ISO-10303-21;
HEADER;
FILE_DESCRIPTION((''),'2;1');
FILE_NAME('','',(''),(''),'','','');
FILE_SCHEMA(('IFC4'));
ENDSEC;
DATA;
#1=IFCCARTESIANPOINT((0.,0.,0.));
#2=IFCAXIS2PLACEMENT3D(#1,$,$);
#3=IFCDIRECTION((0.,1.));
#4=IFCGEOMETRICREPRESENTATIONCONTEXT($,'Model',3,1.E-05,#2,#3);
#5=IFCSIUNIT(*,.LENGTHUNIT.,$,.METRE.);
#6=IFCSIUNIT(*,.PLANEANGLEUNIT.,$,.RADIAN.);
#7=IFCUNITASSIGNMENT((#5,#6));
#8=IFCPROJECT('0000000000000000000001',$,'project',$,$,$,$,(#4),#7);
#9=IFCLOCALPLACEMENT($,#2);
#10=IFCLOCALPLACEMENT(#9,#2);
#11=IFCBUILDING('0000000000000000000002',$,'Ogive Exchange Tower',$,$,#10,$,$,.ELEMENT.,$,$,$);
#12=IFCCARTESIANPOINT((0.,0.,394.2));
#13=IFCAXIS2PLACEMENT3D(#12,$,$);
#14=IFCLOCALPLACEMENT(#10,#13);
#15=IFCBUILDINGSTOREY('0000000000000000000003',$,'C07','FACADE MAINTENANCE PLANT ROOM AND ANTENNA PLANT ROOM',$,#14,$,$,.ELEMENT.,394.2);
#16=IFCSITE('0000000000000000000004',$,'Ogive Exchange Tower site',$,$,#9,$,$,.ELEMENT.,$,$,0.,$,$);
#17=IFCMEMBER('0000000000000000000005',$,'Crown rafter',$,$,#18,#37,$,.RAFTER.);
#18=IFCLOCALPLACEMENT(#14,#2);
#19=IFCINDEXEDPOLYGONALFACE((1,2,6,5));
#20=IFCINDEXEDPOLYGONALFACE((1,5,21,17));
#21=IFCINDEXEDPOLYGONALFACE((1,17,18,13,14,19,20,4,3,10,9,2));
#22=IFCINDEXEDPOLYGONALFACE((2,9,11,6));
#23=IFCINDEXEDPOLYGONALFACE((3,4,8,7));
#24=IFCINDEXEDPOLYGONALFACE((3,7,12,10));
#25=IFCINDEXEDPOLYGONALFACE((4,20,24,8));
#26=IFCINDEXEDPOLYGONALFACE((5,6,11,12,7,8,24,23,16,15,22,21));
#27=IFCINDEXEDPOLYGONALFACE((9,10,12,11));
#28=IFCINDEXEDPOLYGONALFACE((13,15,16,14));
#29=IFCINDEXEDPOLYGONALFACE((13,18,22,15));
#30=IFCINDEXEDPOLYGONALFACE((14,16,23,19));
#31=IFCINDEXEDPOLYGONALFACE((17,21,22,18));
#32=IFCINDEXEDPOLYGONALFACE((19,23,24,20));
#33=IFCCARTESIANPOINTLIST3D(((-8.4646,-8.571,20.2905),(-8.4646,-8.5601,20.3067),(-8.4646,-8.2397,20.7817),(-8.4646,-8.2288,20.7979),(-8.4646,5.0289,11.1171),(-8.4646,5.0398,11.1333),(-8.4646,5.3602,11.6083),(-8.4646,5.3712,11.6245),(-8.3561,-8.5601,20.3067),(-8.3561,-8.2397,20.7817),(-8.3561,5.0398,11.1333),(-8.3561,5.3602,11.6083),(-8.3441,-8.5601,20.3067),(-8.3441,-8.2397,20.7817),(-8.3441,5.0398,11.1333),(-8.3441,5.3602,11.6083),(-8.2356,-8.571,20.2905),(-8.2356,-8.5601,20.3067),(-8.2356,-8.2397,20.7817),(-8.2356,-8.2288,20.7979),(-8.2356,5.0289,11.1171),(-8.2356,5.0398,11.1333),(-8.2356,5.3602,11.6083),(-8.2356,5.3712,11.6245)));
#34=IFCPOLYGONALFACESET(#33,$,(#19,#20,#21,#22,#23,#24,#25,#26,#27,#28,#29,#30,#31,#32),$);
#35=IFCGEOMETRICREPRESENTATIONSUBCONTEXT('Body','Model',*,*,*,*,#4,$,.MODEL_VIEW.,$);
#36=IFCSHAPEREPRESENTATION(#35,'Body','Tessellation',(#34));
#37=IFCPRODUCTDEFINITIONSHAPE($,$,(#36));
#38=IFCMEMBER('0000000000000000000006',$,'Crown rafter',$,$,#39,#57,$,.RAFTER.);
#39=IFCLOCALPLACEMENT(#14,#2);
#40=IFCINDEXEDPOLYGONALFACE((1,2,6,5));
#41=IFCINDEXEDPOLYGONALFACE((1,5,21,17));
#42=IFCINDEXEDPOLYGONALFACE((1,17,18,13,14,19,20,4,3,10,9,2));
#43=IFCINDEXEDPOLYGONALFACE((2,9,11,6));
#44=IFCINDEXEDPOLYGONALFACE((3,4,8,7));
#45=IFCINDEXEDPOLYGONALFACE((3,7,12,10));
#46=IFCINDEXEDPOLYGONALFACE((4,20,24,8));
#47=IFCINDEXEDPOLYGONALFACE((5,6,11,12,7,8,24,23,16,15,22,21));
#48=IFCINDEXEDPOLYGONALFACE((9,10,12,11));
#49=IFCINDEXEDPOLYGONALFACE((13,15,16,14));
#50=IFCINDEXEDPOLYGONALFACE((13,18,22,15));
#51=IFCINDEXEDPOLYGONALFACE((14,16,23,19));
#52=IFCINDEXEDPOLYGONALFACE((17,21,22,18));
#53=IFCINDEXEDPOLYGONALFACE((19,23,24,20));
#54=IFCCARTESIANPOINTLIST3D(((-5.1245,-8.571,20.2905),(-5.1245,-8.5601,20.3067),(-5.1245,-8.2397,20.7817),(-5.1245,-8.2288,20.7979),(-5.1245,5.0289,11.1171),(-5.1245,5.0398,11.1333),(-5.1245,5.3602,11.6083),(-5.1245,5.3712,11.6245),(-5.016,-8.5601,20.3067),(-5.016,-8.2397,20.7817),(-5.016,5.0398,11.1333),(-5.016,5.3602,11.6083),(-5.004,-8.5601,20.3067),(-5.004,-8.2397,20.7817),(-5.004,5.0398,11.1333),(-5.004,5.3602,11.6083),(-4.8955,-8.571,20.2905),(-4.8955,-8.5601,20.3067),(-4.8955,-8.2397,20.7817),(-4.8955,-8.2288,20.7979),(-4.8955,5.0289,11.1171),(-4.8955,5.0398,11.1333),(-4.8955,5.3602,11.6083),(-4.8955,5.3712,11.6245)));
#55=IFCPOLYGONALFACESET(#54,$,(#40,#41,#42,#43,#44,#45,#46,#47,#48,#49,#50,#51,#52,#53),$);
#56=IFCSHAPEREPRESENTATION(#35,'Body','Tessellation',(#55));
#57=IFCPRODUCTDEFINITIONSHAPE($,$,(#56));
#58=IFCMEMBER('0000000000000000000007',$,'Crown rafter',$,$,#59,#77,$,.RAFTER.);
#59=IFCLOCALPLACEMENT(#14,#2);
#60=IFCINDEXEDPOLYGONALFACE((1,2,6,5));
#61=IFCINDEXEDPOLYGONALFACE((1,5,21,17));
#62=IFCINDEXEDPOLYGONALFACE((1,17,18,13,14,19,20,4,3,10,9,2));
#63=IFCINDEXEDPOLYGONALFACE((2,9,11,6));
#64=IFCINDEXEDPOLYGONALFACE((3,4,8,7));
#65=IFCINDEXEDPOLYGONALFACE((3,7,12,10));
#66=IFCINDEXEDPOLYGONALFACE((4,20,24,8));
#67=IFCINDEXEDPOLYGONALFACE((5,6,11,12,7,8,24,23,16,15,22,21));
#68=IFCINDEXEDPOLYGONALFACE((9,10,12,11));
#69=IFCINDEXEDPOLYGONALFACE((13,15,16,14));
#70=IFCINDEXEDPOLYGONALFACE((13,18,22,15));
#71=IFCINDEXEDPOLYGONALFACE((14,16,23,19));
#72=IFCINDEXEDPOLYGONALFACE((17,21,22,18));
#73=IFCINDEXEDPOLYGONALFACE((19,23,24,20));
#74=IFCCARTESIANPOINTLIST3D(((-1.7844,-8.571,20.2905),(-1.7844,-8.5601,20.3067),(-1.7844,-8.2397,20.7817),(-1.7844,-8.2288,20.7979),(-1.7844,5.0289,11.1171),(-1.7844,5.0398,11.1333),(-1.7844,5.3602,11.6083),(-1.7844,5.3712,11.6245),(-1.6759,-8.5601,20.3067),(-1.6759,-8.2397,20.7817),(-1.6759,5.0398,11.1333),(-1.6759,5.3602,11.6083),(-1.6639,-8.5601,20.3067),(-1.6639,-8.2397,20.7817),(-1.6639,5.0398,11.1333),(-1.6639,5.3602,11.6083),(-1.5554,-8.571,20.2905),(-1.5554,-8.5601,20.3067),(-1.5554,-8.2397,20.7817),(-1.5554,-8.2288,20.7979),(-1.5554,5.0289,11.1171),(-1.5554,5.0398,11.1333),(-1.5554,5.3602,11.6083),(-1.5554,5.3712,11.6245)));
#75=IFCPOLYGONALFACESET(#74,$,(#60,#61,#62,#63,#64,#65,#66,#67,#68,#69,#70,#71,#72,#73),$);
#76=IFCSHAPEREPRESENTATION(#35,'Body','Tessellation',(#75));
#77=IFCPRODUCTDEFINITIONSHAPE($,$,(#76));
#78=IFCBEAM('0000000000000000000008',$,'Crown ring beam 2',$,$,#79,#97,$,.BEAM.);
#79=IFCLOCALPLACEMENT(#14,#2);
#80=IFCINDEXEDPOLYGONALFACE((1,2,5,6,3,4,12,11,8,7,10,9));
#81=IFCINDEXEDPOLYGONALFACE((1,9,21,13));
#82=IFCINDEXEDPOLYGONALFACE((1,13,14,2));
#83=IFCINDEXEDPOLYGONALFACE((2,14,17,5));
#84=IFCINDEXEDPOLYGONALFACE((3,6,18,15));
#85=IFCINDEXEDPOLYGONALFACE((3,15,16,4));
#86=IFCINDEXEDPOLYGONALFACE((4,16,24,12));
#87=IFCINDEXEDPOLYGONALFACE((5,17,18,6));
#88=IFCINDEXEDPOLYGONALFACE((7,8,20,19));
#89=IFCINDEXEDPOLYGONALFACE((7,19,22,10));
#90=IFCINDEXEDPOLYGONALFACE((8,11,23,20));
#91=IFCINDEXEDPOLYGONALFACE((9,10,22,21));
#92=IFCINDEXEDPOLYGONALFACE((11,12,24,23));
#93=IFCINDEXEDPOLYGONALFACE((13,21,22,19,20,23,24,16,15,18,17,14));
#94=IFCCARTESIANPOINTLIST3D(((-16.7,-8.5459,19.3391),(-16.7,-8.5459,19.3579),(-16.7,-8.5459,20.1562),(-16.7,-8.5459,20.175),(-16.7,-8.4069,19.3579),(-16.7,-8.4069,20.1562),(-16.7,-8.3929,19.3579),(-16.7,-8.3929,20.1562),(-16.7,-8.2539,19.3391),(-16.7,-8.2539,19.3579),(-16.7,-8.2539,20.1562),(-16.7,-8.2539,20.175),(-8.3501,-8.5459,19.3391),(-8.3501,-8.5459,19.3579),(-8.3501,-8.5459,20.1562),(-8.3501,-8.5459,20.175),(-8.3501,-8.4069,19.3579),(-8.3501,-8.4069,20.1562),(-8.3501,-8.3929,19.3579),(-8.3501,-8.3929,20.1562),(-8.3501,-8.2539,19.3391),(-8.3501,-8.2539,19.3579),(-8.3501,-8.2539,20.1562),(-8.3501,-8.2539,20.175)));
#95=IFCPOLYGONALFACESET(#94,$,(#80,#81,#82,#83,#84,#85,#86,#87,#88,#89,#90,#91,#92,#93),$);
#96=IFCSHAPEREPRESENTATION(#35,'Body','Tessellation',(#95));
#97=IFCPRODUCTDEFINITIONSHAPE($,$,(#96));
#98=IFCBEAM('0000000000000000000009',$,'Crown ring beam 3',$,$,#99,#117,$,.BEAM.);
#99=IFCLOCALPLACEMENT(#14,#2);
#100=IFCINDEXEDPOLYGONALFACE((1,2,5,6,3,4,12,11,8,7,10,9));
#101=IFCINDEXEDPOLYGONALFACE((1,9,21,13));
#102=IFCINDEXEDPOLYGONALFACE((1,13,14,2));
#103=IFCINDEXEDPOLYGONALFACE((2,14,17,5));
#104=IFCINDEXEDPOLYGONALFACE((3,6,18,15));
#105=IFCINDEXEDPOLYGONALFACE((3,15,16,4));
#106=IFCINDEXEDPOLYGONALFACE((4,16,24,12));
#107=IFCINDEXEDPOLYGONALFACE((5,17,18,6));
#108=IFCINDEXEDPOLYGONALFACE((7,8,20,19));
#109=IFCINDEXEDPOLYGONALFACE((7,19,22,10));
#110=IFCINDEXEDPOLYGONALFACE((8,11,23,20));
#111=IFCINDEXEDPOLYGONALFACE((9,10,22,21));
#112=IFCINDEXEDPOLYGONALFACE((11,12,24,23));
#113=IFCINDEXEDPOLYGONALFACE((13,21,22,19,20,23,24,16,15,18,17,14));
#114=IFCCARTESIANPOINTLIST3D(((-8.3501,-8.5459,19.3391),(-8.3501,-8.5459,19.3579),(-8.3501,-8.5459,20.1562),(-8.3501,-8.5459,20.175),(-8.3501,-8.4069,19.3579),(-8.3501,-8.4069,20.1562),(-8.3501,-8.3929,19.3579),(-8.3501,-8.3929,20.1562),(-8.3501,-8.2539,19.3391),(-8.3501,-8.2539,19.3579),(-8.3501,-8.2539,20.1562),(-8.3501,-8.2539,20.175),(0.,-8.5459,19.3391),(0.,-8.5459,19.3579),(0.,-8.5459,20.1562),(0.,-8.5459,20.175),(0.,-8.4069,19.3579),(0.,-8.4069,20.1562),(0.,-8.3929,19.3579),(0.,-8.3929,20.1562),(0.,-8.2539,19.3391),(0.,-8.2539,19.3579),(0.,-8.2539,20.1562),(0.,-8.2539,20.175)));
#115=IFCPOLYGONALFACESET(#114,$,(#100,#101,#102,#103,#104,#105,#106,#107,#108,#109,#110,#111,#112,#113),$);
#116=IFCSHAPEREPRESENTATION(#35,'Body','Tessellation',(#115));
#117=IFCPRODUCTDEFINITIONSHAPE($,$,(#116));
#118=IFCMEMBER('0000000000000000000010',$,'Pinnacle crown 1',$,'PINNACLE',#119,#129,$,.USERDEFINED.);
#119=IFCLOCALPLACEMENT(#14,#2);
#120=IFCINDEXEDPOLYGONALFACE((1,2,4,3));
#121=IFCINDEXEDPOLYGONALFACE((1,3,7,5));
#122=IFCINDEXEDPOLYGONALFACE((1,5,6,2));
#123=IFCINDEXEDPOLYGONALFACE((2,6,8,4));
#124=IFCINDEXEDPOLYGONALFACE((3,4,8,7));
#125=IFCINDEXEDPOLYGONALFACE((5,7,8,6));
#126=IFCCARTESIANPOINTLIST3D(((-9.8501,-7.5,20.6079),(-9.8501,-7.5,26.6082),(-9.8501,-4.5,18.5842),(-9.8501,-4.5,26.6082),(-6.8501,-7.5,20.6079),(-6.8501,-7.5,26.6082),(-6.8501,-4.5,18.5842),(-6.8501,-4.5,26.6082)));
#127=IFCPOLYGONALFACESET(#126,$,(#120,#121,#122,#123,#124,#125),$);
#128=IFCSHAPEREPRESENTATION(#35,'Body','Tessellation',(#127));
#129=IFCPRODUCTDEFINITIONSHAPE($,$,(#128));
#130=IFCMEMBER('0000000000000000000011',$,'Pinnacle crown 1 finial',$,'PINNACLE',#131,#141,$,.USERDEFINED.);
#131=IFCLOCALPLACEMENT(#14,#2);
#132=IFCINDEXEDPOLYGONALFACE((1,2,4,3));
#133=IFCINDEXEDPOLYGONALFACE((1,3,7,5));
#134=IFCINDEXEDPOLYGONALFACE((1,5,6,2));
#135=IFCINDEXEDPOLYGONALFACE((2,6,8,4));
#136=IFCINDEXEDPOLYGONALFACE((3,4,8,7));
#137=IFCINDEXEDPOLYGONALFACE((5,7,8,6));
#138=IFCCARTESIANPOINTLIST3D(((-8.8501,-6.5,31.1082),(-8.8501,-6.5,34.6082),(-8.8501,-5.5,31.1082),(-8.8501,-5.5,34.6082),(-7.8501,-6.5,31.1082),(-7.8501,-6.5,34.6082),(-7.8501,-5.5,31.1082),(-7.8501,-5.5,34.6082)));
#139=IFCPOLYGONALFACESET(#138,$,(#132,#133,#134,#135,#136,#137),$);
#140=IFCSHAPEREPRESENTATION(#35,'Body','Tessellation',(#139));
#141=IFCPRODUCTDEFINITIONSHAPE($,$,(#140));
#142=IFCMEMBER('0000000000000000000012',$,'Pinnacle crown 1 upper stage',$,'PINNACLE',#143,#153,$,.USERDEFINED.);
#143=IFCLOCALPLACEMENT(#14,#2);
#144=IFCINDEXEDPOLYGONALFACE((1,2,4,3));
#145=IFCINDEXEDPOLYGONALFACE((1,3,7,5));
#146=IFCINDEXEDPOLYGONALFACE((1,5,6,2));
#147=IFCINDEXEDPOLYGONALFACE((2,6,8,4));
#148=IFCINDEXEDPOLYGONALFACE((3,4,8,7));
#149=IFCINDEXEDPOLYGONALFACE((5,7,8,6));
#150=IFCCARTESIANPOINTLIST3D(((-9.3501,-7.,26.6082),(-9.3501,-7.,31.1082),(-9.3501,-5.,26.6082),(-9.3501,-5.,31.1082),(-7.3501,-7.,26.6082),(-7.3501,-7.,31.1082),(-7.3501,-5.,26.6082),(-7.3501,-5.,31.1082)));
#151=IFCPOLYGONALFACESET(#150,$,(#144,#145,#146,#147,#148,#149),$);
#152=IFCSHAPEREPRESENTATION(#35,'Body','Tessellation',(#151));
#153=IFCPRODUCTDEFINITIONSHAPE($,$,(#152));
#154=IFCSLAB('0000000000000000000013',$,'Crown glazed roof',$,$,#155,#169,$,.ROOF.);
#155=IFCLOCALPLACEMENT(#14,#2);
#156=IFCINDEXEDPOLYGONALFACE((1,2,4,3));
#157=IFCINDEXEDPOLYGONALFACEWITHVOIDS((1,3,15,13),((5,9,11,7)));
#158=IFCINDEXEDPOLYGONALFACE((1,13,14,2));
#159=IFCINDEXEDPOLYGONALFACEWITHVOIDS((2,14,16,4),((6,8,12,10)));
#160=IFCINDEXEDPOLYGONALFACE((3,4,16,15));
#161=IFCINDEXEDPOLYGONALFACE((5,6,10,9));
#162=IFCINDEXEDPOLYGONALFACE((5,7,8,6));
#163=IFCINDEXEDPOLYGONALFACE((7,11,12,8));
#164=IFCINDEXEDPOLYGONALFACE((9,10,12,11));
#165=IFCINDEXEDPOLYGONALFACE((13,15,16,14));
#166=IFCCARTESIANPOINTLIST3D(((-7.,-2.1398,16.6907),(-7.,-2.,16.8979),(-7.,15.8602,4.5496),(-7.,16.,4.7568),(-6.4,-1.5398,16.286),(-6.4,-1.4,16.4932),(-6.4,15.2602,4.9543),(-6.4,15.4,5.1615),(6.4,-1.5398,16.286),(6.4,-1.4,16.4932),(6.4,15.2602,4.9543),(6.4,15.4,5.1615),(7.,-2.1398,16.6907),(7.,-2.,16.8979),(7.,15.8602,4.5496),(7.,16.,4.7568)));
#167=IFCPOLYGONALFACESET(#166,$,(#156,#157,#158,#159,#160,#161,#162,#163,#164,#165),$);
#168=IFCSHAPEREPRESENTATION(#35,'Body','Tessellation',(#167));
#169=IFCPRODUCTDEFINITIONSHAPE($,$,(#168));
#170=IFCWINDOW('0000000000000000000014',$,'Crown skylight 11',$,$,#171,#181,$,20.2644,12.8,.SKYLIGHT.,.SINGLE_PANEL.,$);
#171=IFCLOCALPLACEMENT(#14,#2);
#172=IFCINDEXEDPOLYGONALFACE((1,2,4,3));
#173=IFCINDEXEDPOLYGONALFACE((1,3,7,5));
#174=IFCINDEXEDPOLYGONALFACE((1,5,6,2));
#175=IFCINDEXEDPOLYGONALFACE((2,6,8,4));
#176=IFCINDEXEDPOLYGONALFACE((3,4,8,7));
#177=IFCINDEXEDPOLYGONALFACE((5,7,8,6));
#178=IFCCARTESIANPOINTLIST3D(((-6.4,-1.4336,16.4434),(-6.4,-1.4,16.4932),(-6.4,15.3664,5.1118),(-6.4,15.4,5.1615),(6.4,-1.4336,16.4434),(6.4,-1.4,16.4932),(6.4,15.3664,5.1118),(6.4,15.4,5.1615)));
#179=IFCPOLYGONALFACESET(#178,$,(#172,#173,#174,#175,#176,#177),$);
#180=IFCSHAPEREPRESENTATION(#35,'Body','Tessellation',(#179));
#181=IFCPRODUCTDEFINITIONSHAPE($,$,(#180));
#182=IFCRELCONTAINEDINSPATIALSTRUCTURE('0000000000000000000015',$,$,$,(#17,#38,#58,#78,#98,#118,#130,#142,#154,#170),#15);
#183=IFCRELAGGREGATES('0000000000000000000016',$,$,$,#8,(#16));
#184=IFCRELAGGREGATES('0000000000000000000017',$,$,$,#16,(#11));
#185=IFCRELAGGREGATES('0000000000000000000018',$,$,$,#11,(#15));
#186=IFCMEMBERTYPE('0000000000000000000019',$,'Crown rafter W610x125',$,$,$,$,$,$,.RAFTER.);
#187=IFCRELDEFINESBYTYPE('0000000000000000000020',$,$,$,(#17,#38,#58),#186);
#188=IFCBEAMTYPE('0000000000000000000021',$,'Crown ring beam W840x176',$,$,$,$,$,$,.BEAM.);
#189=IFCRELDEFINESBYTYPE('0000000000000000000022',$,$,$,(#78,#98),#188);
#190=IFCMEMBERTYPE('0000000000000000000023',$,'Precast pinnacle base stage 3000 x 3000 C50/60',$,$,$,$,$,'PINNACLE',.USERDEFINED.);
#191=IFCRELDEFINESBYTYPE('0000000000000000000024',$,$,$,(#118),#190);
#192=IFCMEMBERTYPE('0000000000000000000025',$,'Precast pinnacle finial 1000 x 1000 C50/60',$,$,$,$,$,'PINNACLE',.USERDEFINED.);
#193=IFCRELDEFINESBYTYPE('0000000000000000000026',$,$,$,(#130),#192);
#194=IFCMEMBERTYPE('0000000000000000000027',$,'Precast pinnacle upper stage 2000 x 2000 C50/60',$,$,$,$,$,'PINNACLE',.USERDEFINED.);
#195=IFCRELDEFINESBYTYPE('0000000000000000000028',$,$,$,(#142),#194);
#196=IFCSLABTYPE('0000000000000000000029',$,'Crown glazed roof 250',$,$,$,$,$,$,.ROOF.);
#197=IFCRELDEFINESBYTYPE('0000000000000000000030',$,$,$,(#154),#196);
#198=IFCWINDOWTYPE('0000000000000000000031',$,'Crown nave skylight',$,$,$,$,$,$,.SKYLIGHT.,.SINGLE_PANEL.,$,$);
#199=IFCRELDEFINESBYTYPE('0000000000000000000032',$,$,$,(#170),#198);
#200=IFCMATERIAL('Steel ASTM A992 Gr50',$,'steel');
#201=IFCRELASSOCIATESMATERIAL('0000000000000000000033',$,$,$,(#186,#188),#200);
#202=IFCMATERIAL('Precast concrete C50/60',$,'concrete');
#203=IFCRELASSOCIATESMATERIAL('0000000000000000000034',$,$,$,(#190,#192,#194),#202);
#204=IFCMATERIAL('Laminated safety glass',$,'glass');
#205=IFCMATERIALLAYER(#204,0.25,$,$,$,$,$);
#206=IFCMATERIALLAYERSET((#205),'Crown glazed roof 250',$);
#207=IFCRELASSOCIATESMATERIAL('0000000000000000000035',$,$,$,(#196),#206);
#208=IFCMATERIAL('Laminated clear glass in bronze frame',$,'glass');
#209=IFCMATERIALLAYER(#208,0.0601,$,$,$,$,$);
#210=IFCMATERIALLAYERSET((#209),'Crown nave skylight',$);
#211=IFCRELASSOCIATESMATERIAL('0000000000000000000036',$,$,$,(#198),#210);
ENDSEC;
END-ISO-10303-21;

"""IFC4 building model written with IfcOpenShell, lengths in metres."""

from ifc_helpers import new_model, si_unit, direction, frame, origin, origin_2d, place, context, subcontext, project, spatial, polyline, rectangle, i_section, outline, extrude, material, layer, layer_set, material_profile, profile_set, type_object, element, fill, save


model = new_model("IFC4")

# Units and contexts
model_context = context("Model", 3, precision=1e-05, world=origin(), true_north=direction((0.0, 1.0)))
body_context = subcontext(model_context, "Body", "Model", "MODEL_VIEW")
ifc_project = project(units=[si_unit("LENGTHUNIT", "METRE"), si_unit("PLANEANGLEUNIT", "RADIAN")], contexts=[model_context])

# Site, building, storey
site_placement = place(None, origin())
site = spatial("IfcSite", under=ifc_project, at=site_placement, Name="Ogive Exchange Tower site", CompositionType="ELEMENT", RefElevation=0.0)
building_placement = place(site_placement, origin())
building = spatial("IfcBuilding", under=site, at=building_placement, Name="Ogive Exchange Tower", CompositionType="ELEMENT")
storey_placement = place(building_placement, frame((0.0, 0.0, 394.2)))
storey = spatial("IfcBuildingStorey", under=building, at=storey_placement, Name="C07", Description="FACADE MAINTENANCE PLANT ROOM AND ANTENNA PLANT ROOM", CompositionType="ELEMENT", Elevation=394.2)

# Members
ifc_material_1 = material(Name="Steel ASTM A992 Gr50", Category="steel")
ifc_material_profile_1 = material_profile(ifc_material_1, i_section(OverallWidth=0.229, OverallDepth=0.6121, WebThickness=0.012, FlangeThickness=0.0195, at=origin_2d()), Name="W610x125")
ifc_profile_set_1 = profile_set([ifc_material_profile_1], Name="Steel ASTM A992 Gr50")
member_type_1 = type_object("IfcMemberType", Name="Crown rafter W610x125", PredefinedType="RAFTER", material=ifc_profile_set_1)
for number, where, z_axis, x_axis, name in (
    (1, (-8.3501, -8.3999, 20.5442), (0.0, 0.829034, -0.559198), (-1.0, 0.0, 0.0), "Crown rafter"),
    (2, (-5.01, -8.3999, 20.5442), (0.0, 0.829034, -0.559198), (-1.0, 0.0, 0.0), "Crown rafter"),
    (3, (-1.6699, -8.3999, 20.5442), (0.0, 0.829034, -0.559198), (-1.0, 0.0, 0.0), "Crown rafter"),
):
    element("IfcMember", number, at=place(storey_placement, frame(where, z_axis=z_axis, x_axis=x_axis)), inside=storey, type_object=member_type_1, Name=name, PredefinedType="RAFTER", context=body_context, shape_type="SweptSolid", body=[
        extrude(i_section(OverallWidth=0.229, OverallDepth=0.6121, WebThickness=0.012, FlangeThickness=0.0195, at=origin_2d()), origin(), (0.0, 0.0, 1.0), 16.4045),
    ])

# Beams
ifc_material_profile_2 = material_profile(ifc_material_1, i_section(OverallWidth=0.292, OverallDepth=0.8359, WebThickness=0.0139, FlangeThickness=0.0188, at=origin_2d()), Name="W840x176")
ifc_profile_set_2 = profile_set([ifc_material_profile_2], Name="Steel ASTM A992 Gr50")
beam_type = type_object("IfcBeamType", Name="Crown ring beam W840x176", PredefinedType="BEAM", material=ifc_profile_set_2)
beam_1_placement = place(storey_placement, frame((-16.7, -8.3999, 19.7571), z_axis=(1.0, 0.0, 0.0), x_axis=(0.0, 1.0, 0.0)))
element("IfcBeam", 4, at=beam_1_placement, inside=storey, type_object=beam_type, Name="Crown ring beam 2", PredefinedType="BEAM", context=body_context, shape_type="SweptSolid", body=[
    extrude(i_section(OverallWidth=0.292, OverallDepth=0.8359, WebThickness=0.0139, FlangeThickness=0.0188, at=origin_2d()), origin(), (0.0, 0.0, 1.0), 8.3499),
])
beam_2_placement = place(storey_placement, frame((-8.3501, -8.3999, 19.7571), z_axis=(1.0, 0.0, 0.0), x_axis=(0.0, 1.0, 0.0)))
element("IfcBeam", 5, at=beam_2_placement, inside=storey, type_object=beam_type, Name="Crown ring beam 3", PredefinedType="BEAM", context=body_context, shape_type="SweptSolid", body=[
    extrude(i_section(OverallWidth=0.292, OverallDepth=0.8359, WebThickness=0.0139, FlangeThickness=0.0188, at=origin_2d()), origin(), (0.0, 0.0, 1.0), 8.3501),
])

# Members
ifc_material_2 = material(Name="Precast concrete C50/60", Category="concrete")
ifc_material_profile_3 = material_profile(ifc_material_2, rectangle(XDim=3.0, YDim=3.0, at=origin_2d()), Name="PINNACLE 3000 x 3000")
ifc_profile_set_3 = profile_set([ifc_material_profile_3], Name="Precast concrete C50/60")
member_type_2 = type_object("IfcMemberType", Name="Precast pinnacle base stage 3000 x 3000 C50/60", ElementType="PINNACLE", PredefinedType="USERDEFINED", material=ifc_profile_set_3)
member_1_placement = place(storey_placement, frame((-9.8501, -7.5, 26.6082), z_axis=(-1.0, 0.0, 0.0), x_axis=(0.0, 1.0, 0.0)))
element("IfcMember", 6, at=member_1_placement, inside=storey, type_object=member_type_2, Name="Pinnacle crown 1", ObjectType="PINNACLE", PredefinedType="USERDEFINED", context=body_context, shape_type="SweptSolid", body=[
    extrude(outline(polyline([(0.0, 0.0), (3.0, 0.0), (3.0, 8.0239), (0.0, 6.0002), (0.0, 0.0)])), origin(), (0.0, 0.0, -1.0), 3.0),
])
ifc_material_profile_4 = material_profile(ifc_material_2, rectangle(XDim=1.0, YDim=1.0, at=origin_2d()), Name="PINNACLE 1000 x 1000")
ifc_profile_set_4 = profile_set([ifc_material_profile_4], Name="Precast concrete C50/60")
member_type_3 = type_object("IfcMemberType", Name="Precast pinnacle finial 1000 x 1000 C50/60", ElementType="PINNACLE", PredefinedType="USERDEFINED", material=ifc_profile_set_4)
member_2_placement = place(storey_placement, frame((-8.3501, -6.0, 31.1082), z_axis=(0.0, 0.0, 1.0), x_axis=(1.0, 0.0, 0.0)))
element("IfcMember", 7, at=member_2_placement, inside=storey, type_object=member_type_3, Name="Pinnacle crown 1 finial", ObjectType="PINNACLE", PredefinedType="USERDEFINED", context=body_context, shape_type="SweptSolid", body=[
    extrude(rectangle(XDim=1.0, YDim=1.0, at=origin_2d()), origin(), (0.0, 0.0, 1.0), 3.5),
])
ifc_material_profile_5 = material_profile(ifc_material_2, rectangle(XDim=2.0, YDim=2.0, at=origin_2d()), Name="PINNACLE 2000 x 2000")
ifc_profile_set_5 = profile_set([ifc_material_profile_5], Name="Precast concrete C50/60")
member_type_4 = type_object("IfcMemberType", Name="Precast pinnacle upper stage 2000 x 2000 C50/60", ElementType="PINNACLE", PredefinedType="USERDEFINED", material=ifc_profile_set_5)
member_3_placement = place(storey_placement, frame((-8.3501, -6.0, 26.6082), z_axis=(0.0, 0.0, 1.0), x_axis=(1.0, 0.0, 0.0)))
element("IfcMember", 8, at=member_3_placement, inside=storey, type_object=member_type_4, Name="Pinnacle crown 1 upper stage", ObjectType="PINNACLE", PredefinedType="USERDEFINED", context=body_context, shape_type="SweptSolid", body=[
    extrude(rectangle(XDim=2.0, YDim=2.0, at=origin_2d()), origin(), (0.0, 0.0, 1.0), 4.5),
])

# Slab, opening, window
ifc_material_3 = material(Name="Laminated safety glass", Category="glass")
ifc_layer_1 = layer(ifc_material_3, 0.25)
ifc_layer_set_1 = layer_set([ifc_layer_1], Name="Crown glazed roof 250")
slab_type_1 = type_object("IfcSlabType", Name="Crown glazed roof 250", PredefinedType="ROOF", material=ifc_layer_set_1)
slab_1_placement = place(storey_placement, frame((-7.0, -2.0, 16.8979), z_axis=(0.0, 0.559192, 0.829038), x_axis=(0.0, 0.829038, -0.559192)))
slab_1 = element("IfcSlab", 9, at=slab_1_placement, inside=storey, type_object=slab_type_1, Name="Crown glazed roof", PredefinedType="ROOF", context=body_context, shape_type="SweptSolid", body=[
    extrude(outline(polyline([(0.0, 0.0), (21.7119, 0.0), (21.7119, -14.0), (0.0, -14.0), (0.0, 0.0)])), origin(), (0.0, 0.0, -1.0), 0.25),
])
opening_1_placement = place(slab_1_placement, frame((10.856, -7.0, 0.0), x_axis=(0.0, -1.0, 0.0)))
opening_1 = element("IfcOpeningElement", 10, at=opening_1_placement, cuts=slab_1, PredefinedType="OPENING", context=body_context, shape_type="SweptSolid", body=[
    extrude(rectangle(XDim=12.8, YDim=20.2644, at=origin_2d()), frame((0.0, 0.0, -0.26)), (0.0, 0.0, 1.0), 0.27),
])
ifc_material_4 = material(Name="Laminated clear glass in bronze frame", Category="glass")
ifc_layer_2 = layer(ifc_material_4, 0.0601)
ifc_layer_set_2 = layer_set([ifc_layer_2], Name="Crown nave skylight")
window_type_1 = type_object("IfcWindowType", Name="Crown nave skylight", PartitioningType="SINGLE_PANEL", PredefinedType="SKYLIGHT", material=ifc_layer_set_2)
window_1_placement = place(opening_1_placement, frame((0.0, 0.0, -0.0601)))
window_1 = element("IfcWindow", 11, at=window_1_placement, inside=storey, type_object=window_type_1, Name="Crown skylight 11", OverallHeight=20.2644, OverallWidth=12.8, PartitioningType="SINGLE_PANEL", PredefinedType="SKYLIGHT", context=body_context, shape_type="SweptSolid", body=[
    extrude(rectangle(XDim=12.8, YDim=20.2644, at=origin_2d()), origin(), (0.0, 0.0, 1.0), 0.0601),
])
fill(opening_1, window_1)

save(model, "model.ifc")
